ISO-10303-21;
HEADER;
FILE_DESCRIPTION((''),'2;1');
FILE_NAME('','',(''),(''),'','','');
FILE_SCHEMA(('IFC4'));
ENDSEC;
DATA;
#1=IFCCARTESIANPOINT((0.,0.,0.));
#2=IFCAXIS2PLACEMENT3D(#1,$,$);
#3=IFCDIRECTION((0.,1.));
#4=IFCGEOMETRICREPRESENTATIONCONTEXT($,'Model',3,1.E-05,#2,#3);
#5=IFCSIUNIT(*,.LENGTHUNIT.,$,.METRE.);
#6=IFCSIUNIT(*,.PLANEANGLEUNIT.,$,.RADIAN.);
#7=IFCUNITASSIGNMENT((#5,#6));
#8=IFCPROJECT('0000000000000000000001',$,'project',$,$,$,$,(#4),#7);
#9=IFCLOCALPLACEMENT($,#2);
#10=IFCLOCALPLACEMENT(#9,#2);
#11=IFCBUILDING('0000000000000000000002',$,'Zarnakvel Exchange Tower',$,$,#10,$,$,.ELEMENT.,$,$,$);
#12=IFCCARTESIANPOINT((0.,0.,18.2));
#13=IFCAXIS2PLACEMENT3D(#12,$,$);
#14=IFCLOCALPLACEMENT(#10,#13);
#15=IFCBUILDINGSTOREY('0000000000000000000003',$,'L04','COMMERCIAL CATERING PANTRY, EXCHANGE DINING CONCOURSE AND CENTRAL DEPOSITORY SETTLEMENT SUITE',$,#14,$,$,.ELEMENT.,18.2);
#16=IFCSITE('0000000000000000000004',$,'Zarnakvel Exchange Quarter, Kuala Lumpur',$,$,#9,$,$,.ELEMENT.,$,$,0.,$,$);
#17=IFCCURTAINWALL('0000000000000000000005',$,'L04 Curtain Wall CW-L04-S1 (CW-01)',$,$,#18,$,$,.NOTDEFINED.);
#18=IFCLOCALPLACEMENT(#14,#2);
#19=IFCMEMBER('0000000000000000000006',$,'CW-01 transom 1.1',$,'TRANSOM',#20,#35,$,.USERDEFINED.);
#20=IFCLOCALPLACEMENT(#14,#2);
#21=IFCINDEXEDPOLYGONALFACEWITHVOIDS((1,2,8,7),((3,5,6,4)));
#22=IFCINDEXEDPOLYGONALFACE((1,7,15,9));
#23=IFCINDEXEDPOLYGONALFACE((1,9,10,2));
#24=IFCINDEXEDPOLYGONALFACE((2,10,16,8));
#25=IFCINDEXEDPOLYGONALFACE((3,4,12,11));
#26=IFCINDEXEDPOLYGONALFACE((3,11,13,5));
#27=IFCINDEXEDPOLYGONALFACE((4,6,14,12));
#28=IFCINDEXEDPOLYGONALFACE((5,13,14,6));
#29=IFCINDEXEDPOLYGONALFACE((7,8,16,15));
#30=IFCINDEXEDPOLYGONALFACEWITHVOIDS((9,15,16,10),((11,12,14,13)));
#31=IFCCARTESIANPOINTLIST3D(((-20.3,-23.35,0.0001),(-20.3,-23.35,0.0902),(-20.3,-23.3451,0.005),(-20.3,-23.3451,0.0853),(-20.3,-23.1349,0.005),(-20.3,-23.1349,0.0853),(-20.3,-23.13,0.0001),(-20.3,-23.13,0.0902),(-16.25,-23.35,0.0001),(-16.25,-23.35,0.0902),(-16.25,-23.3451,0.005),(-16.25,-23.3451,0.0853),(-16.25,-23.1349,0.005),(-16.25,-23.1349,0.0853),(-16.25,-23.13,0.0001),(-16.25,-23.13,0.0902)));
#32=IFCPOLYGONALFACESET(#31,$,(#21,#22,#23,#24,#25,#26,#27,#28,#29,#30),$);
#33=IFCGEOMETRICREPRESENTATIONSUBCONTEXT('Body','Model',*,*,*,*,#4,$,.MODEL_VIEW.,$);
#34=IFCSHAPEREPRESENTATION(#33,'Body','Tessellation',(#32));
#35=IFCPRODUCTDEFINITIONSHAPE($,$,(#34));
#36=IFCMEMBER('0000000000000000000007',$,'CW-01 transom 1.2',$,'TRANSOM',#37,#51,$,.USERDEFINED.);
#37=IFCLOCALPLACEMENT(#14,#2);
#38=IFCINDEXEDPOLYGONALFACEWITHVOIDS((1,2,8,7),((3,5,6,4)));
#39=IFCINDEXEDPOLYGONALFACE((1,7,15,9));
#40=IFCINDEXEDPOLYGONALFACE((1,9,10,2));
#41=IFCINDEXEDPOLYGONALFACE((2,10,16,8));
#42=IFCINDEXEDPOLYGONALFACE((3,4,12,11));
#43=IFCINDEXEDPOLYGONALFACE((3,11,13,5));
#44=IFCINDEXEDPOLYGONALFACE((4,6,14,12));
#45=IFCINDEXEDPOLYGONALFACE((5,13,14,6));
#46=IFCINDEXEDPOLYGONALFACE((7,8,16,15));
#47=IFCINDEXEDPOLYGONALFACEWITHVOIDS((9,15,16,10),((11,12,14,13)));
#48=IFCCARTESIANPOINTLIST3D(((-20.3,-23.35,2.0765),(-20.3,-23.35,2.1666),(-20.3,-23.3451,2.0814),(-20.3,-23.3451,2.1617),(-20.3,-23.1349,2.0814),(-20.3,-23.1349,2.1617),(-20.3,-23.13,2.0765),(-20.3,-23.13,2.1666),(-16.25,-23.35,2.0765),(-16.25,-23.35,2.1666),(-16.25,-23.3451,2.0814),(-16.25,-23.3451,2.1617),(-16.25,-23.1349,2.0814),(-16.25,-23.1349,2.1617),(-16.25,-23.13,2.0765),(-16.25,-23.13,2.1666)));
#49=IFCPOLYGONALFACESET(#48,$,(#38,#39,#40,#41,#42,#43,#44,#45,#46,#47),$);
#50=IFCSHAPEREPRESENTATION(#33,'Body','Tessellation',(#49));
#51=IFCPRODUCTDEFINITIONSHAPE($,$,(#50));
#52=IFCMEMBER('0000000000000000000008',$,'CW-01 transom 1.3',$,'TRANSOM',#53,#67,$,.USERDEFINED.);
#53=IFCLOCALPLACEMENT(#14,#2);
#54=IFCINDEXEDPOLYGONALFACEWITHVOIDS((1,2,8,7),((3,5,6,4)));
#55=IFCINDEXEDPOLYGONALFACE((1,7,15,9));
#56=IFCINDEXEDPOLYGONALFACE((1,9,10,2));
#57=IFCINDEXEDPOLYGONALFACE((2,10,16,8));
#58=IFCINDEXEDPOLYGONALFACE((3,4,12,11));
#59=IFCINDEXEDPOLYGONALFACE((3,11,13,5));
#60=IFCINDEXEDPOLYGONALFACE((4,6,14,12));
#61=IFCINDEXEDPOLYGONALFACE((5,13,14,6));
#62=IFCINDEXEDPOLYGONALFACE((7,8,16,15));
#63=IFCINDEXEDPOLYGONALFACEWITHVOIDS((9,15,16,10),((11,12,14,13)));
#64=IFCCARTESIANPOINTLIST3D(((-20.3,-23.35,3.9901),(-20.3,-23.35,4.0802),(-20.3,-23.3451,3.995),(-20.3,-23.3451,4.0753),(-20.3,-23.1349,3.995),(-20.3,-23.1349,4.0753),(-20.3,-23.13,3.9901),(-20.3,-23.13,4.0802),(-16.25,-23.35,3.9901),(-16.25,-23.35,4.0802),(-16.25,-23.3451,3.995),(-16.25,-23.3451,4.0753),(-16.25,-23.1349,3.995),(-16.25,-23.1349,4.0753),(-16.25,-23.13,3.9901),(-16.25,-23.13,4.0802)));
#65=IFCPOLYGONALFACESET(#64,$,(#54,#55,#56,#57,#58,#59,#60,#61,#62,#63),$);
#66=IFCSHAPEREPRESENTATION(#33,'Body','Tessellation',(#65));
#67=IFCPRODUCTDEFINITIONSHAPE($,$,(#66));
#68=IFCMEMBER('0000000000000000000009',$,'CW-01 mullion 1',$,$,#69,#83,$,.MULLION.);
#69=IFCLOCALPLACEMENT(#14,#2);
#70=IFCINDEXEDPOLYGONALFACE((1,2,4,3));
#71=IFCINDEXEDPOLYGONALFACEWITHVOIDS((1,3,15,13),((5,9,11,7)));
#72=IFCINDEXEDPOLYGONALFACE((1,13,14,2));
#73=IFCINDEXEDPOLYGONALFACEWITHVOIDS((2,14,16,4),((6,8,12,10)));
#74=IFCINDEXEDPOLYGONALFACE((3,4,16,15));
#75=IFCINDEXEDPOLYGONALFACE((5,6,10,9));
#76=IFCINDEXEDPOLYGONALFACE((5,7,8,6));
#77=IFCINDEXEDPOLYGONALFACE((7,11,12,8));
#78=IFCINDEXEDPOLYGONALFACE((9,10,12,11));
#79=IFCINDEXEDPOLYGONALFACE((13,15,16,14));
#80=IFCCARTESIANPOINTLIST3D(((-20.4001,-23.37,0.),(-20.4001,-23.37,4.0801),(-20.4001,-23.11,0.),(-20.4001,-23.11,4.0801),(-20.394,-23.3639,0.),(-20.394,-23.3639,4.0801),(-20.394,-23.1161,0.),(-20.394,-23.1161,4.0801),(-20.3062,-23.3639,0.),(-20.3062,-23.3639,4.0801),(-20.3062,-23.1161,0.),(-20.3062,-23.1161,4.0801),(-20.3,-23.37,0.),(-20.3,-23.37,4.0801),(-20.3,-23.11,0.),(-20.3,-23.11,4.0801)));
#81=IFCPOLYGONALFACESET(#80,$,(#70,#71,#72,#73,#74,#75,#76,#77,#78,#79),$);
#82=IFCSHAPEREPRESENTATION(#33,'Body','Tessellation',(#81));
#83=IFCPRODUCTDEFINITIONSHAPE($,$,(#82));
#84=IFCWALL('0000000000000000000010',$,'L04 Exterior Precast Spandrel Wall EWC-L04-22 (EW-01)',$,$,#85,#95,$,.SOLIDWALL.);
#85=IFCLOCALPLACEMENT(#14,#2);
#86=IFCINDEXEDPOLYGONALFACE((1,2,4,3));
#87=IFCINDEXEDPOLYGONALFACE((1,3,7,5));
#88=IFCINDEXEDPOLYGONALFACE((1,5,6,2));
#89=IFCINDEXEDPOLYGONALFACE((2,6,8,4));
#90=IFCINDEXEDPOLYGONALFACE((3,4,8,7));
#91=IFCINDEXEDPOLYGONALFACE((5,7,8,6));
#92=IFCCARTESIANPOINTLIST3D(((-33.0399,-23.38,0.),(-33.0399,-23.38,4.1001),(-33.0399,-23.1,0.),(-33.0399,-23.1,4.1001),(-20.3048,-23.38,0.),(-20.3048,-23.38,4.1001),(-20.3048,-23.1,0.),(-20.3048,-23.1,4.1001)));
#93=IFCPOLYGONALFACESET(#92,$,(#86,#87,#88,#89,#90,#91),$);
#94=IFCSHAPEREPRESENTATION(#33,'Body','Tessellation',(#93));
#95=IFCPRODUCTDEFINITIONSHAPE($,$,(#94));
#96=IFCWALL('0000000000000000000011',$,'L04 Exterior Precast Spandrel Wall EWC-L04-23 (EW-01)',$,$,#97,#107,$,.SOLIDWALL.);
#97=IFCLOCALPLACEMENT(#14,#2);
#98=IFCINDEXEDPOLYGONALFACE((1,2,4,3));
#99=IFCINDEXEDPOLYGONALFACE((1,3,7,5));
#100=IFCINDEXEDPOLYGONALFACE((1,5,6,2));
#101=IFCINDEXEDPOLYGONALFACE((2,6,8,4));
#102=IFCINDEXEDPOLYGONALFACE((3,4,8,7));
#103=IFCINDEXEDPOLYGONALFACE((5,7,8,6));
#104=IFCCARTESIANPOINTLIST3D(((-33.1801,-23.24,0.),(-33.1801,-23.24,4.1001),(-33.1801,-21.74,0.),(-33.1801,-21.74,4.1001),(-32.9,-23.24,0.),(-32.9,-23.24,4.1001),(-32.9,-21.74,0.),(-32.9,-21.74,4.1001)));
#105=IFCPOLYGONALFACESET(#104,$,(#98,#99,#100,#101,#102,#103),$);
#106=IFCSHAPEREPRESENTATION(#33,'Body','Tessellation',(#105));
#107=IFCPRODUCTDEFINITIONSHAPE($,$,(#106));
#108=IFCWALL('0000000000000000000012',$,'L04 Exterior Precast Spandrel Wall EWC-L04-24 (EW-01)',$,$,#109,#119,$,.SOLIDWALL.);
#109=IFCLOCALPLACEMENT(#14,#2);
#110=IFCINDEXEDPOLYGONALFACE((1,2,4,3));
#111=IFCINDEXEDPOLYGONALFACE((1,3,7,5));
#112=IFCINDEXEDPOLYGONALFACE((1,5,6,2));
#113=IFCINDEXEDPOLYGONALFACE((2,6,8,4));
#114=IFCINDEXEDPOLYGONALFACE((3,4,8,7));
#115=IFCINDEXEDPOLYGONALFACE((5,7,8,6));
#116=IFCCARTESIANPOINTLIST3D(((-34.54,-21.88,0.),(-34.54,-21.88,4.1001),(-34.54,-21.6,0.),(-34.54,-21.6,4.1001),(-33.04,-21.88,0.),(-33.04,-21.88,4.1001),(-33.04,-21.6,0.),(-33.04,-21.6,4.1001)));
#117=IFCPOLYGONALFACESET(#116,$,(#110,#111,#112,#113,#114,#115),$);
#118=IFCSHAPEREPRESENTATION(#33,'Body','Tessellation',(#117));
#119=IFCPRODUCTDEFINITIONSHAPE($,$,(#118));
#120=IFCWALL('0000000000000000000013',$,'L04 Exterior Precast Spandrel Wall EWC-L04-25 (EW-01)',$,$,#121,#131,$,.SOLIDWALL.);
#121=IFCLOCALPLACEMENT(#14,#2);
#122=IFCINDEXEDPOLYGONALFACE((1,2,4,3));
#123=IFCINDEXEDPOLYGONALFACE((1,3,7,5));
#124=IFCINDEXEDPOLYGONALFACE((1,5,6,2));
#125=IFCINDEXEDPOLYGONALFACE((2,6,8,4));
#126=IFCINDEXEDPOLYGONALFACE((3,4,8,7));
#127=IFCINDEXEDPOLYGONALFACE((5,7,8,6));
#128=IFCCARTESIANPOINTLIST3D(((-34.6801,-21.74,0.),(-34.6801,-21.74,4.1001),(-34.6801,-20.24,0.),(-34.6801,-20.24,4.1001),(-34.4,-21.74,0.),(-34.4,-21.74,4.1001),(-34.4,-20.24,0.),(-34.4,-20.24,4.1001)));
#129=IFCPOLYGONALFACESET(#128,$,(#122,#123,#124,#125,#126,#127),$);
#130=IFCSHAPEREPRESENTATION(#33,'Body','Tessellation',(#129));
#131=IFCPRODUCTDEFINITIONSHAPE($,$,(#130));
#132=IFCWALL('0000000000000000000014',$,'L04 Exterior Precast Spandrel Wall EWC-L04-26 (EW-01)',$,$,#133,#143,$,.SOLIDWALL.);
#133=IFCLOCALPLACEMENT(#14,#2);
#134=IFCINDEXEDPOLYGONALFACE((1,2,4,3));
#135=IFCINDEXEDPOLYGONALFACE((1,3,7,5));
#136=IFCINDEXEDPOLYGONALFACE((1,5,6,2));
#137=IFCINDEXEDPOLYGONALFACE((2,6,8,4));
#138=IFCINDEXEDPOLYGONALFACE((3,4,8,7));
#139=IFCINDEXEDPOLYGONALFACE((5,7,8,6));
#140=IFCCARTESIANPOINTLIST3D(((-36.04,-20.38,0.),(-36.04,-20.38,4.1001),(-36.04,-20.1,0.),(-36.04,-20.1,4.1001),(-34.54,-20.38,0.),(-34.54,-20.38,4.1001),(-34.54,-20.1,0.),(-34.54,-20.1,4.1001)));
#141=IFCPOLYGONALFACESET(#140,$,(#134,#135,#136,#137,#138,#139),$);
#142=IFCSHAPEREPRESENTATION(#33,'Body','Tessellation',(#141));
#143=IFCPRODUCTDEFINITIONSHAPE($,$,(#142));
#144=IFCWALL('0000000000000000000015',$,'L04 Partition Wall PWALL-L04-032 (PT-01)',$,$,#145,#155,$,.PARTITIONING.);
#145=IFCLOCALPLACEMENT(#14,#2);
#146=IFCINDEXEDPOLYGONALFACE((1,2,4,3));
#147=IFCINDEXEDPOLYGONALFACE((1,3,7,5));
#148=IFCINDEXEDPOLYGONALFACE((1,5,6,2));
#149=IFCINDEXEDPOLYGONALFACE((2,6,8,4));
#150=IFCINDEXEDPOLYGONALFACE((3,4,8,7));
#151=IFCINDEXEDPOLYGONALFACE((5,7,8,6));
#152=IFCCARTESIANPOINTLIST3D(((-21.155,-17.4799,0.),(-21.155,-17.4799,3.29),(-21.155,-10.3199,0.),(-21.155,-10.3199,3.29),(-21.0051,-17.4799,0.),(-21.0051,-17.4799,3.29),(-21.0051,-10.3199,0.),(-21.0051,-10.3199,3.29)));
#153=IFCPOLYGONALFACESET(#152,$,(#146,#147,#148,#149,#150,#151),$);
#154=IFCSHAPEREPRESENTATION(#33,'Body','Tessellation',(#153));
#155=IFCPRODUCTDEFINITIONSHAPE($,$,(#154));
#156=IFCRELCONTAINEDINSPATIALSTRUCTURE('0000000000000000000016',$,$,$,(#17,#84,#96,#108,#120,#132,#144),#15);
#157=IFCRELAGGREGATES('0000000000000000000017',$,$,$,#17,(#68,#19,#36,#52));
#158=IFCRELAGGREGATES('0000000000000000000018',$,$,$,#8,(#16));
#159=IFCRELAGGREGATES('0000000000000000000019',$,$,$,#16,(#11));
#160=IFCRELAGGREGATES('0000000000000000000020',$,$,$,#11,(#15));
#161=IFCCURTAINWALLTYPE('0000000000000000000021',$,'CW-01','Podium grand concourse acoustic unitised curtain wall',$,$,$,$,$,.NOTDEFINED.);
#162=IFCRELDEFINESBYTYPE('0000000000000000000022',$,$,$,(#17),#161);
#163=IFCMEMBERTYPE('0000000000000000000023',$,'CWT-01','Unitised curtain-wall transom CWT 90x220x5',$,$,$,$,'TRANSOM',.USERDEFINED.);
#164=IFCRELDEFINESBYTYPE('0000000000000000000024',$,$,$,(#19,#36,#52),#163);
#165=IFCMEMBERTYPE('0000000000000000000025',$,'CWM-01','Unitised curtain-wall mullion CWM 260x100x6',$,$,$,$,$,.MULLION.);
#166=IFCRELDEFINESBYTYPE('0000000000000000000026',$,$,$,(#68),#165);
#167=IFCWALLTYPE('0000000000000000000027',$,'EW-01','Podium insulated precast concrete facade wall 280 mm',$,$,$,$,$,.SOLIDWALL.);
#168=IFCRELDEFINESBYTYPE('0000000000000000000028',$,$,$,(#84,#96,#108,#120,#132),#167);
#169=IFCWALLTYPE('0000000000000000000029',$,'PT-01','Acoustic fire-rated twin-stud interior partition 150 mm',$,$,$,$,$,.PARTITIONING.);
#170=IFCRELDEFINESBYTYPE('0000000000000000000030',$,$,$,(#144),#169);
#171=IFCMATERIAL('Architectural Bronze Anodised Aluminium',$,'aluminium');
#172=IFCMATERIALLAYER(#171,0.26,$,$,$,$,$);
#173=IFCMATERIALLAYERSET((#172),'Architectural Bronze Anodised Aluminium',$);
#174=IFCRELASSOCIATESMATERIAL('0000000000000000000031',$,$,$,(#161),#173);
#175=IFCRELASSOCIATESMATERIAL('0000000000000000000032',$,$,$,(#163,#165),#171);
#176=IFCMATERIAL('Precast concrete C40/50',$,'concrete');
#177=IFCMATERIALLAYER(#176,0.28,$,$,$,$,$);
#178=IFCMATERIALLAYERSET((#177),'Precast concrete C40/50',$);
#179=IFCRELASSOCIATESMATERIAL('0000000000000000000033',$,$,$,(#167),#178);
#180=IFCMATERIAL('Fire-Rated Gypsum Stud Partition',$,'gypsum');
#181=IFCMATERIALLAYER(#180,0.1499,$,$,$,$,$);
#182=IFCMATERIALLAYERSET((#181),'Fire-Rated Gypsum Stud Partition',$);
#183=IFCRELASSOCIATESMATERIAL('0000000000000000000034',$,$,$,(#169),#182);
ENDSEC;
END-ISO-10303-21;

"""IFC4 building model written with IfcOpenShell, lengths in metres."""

from ifc_helpers import new_model, si_unit, direction, frame, frame_2d, origin, origin_2d, place, context, subcontext, project, spatial, rectangle, hollow_rectangle, extrude, source, transform, mapped, material, layer, layer_set, material_profile, profile_set, type_object, element, aggregate, save


model = new_model("IFC4")

# Units and contexts
model_context = context("Model", 3, precision=1e-05, world=origin(), true_north=direction((0.0, 1.0)))
body_context = subcontext(model_context, "Body", "Model", "MODEL_VIEW")
ifc_project = project(units=[si_unit("LENGTHUNIT", "METRE"), si_unit("PLANEANGLEUNIT", "RADIAN")], contexts=[model_context])

# Site, building, storey
site_placement = place(None, origin())
site = spatial("IfcSite", under=ifc_project, at=site_placement, Name="Zarnakvel Exchange Quarter, Kuala Lumpur", CompositionType="ELEMENT", RefElevation=0.0)
building_placement = place(site_placement, origin())
building = spatial("IfcBuilding", under=site, at=building_placement, Name="Zarnakvel Exchange Tower", CompositionType="ELEMENT")
storey_placement = place(building_placement, frame((0.0, 0.0, 18.2)))
storey = spatial("IfcBuildingStorey", under=building, at=storey_placement, Name="L04", Description="COMMERCIAL CATERING PANTRY, EXCHANGE DINING CONCOURSE AND CENTRAL DEPOSITORY SETTLEMENT SUITE", CompositionType="ELEMENT", Elevation=18.2)

# Curtain wall, members
ifc_material_1 = material(Name="Architectural Bronze Anodised Aluminium", Category="aluminium")
ifc_layer_1 = layer(ifc_material_1, 0.26)
ifc_layer_set_1 = layer_set([ifc_layer_1], Name="Architectural Bronze Anodised Aluminium")
curtain_wall_type = type_object("IfcCurtainWallType", Name="CW-01", Description="Podium grand concourse acoustic unitised curtain wall", PredefinedType="NOTDEFINED", material=ifc_layer_set_1)
curtain_wall_placement = place(storey_placement, origin())
curtain_wall = element("IfcCurtainWall", 1, at=curtain_wall_placement, inside=storey, type_object=curtain_wall_type, Name="L04 Curtain Wall CW-L04-S1 (CW-01)", PredefinedType="NOTDEFINED")
ifc_material_profile_1 = material_profile(ifc_material_1, hollow_rectangle(XDim=0.22, YDim=0.0901, WallThickness=0.0049, at=origin_2d()))
ifc_profile_set_1 = profile_set([ifc_material_profile_1], Name="Architectural Bronze Anodised Aluminium")
member_type_1 = type_object("IfcMemberType", Name="CWT-01", Description="Unitised curtain-wall transom CWT 90x220x5", ElementType="TRANSOM", PredefinedType="USERDEFINED", material=ifc_profile_set_1)
shared_shape_1 = source(origin(), body_context, "Body", "SweptSolid", [
    extrude(hollow_rectangle(XDim=0.22, YDim=0.0901, WallThickness=0.0049, at=origin_2d()), origin(), (0.0, 0.0, 1.0), 4.05),
])
member_1_placement = place(storey_placement, frame((-20.3, -23.24, 0.0452), z_axis=(1.0, 0.0, 0.0), x_axis=(0.0, 1.0, 0.0)))
member_1 = element("IfcMember", 2, at=member_1_placement, type_object=member_type_1, Name="CW-01 transom 1.1", ObjectType="TRANSOM", PredefinedType="USERDEFINED", context=body_context, shape_type="MappedRepresentation", body=[
    mapped(shared_shape_1, transform((0.0, 0.0, 0.0), x_axis=(1.0, 0.0, 0.0), y_axis=(0.0, 1.0, 0.0), z_axis=(0.0, 0.0, 1.0), scale=1.0)),
])
member_2_placement = place(storey_placement, frame((-20.3, -23.24, 2.1216), z_axis=(1.0, 0.0, 0.0), x_axis=(0.0, 1.0, 0.0)))
member_2 = element("IfcMember", 3, at=member_2_placement, type_object=member_type_1, Name="CW-01 transom 1.2", ObjectType="TRANSOM", PredefinedType="USERDEFINED", context=body_context, shape_type="MappedRepresentation", body=[
    mapped(shared_shape_1, transform((0.0, 0.0, 0.0), x_axis=(1.0, 0.0, 0.0), y_axis=(0.0, 1.0, 0.0), z_axis=(0.0, 0.0, 1.0), scale=1.0)),
])
member_3_placement = place(storey_placement, frame((-20.3, -23.24, 4.0352), z_axis=(1.0, 0.0, 0.0), x_axis=(0.0, 1.0, 0.0)))
member_3 = element("IfcMember", 4, at=member_3_placement, type_object=member_type_1, Name="CW-01 transom 1.3", ObjectType="TRANSOM", PredefinedType="USERDEFINED", context=body_context, shape_type="MappedRepresentation", body=[
    mapped(shared_shape_1, transform((0.0, 0.0, 0.0), x_axis=(1.0, 0.0, 0.0), y_axis=(0.0, 1.0, 0.0), z_axis=(0.0, 0.0, 1.0), scale=1.0)),
])
ifc_material_profile_2 = material_profile(ifc_material_1, hollow_rectangle(XDim=0.26, YDim=0.1001, WallThickness=0.0061, at=origin_2d()))
ifc_profile_set_2 = profile_set([ifc_material_profile_2], Name="Architectural Bronze Anodised Aluminium")
member_type_2 = type_object("IfcMemberType", Name="CWM-01", Description="Unitised curtain-wall mullion CWM 260x100x6", PredefinedType="MULLION", material=ifc_profile_set_2)
shared_shape_2 = source(origin(), body_context, "Body", "SweptSolid", [
    extrude(hollow_rectangle(XDim=0.26, YDim=0.1001, WallThickness=0.0061, at=origin_2d()), origin(), (0.0, 0.0, 1.0), 4.0801),
])
member_4_placement = place(storey_placement, frame((-20.3501, -23.24, 0.0), z_axis=(0.0, 0.0, 1.0), x_axis=(0.0, 1.0, 0.0)))
member_4 = element("IfcMember", 5, at=member_4_placement, type_object=member_type_2, Name="CW-01 mullion 1", PredefinedType="MULLION", context=body_context, shape_type="MappedRepresentation", body=[
    mapped(shared_shape_2, transform((0.0, 0.0, 0.0), x_axis=(1.0, 0.0, 0.0), y_axis=(0.0, 1.0, 0.0), z_axis=(0.0, 0.0, 1.0), scale=1.0)),
])
aggregate(curtain_wall, [member_4, member_1, member_2, member_3])

# Walls
ifc_material_2 = material(Name="Precast concrete C40/50", Category="concrete")
ifc_layer_2 = layer(ifc_material_2, 0.28)
ifc_layer_set_2 = layer_set([ifc_layer_2], Name="Precast concrete C40/50")
wall_type_1 = type_object("IfcWallType", Name="EW-01", Description="Podium insulated precast concrete facade wall 280 mm", PredefinedType="SOLIDWALL", material=ifc_layer_set_2)
wall_1_placement = place(storey_placement, frame((-33.04, -23.24, 0.0), z_axis=(0.0, 0.0, 1.0), x_axis=(1.0, 0.0, 0.0)))
element("IfcWall", 6, at=wall_1_placement, inside=storey, type_object=wall_type_1, Name="L04 Exterior Precast Spandrel Wall EWC-L04-22 (EW-01)", PredefinedType="SOLIDWALL", context=body_context, shape_type="SweptSolid", body=[
    extrude(rectangle(XDim=12.7351, YDim=0.28, at=frame_2d((6.3677, 0.0))), origin(), (0.0, 0.0, 1.0), 4.1001),
])
for number, where, z_axis, x_axis, name in (
    (7, (-33.04, -21.74, 0.0), (0.0, 0.0, 1.0), (0.0, -1.0, 0.0), "L04 Exterior Precast Spandrel Wall EWC-L04-23 (EW-01)"),
    (8, (-34.54, -21.74, 0.0), (0.0, 0.0, 1.0), (1.0, 0.0, 0.0), "L04 Exterior Precast Spandrel Wall EWC-L04-24 (EW-01)"),
    (9, (-34.54, -20.24, 0.0), (0.0, 0.0, 1.0), (0.0, -1.0, 0.0), "L04 Exterior Precast Spandrel Wall EWC-L04-25 (EW-01)"),
    (10, (-36.04, -20.24, 0.0), (0.0, 0.0, 1.0), (1.0, 0.0, 0.0), "L04 Exterior Precast Spandrel Wall EWC-L04-26 (EW-01)"),
):
    element("IfcWall", number, at=place(storey_placement, frame(where, z_axis=z_axis, x_axis=x_axis)), inside=storey, type_object=wall_type_1, Name=name, PredefinedType="SOLIDWALL", context=body_context, shape_type="SweptSolid", body=[
        extrude(rectangle(XDim=1.5, YDim=0.28, at=frame_2d((0.75, 0.0))), origin(), (0.0, 0.0, 1.0), 4.1001),
    ])
ifc_material_3 = material(Name="Fire-Rated Gypsum Stud Partition", Category="gypsum")
ifc_layer_3 = layer(ifc_material_3, 0.1499)
ifc_layer_set_3 = layer_set([ifc_layer_3], Name="Fire-Rated Gypsum Stud Partition")
wall_type_2 = type_object("IfcWallType", Name="PT-01", Description="Acoustic fire-rated twin-stud interior partition 150 mm", PredefinedType="PARTITIONING", material=ifc_layer_set_3)
wall_2_placement = place(storey_placement, frame((-21.0801, -17.48, 0.0), z_axis=(0.0, 0.0, 1.0), x_axis=(0.0, 1.0, 0.0)))
element("IfcWall", 11, at=wall_2_placement, inside=storey, type_object=wall_type_2, Name="L04 Partition Wall PWALL-L04-032 (PT-01)", PredefinedType="PARTITIONING", context=body_context, shape_type="SweptSolid", body=[
    extrude(rectangle(XDim=7.1599, YDim=0.1499, at=frame_2d((3.5801, 0.0))), origin(), (0.0, 0.0, 1.0), 3.29),
])

save(model, "model.ifc")
